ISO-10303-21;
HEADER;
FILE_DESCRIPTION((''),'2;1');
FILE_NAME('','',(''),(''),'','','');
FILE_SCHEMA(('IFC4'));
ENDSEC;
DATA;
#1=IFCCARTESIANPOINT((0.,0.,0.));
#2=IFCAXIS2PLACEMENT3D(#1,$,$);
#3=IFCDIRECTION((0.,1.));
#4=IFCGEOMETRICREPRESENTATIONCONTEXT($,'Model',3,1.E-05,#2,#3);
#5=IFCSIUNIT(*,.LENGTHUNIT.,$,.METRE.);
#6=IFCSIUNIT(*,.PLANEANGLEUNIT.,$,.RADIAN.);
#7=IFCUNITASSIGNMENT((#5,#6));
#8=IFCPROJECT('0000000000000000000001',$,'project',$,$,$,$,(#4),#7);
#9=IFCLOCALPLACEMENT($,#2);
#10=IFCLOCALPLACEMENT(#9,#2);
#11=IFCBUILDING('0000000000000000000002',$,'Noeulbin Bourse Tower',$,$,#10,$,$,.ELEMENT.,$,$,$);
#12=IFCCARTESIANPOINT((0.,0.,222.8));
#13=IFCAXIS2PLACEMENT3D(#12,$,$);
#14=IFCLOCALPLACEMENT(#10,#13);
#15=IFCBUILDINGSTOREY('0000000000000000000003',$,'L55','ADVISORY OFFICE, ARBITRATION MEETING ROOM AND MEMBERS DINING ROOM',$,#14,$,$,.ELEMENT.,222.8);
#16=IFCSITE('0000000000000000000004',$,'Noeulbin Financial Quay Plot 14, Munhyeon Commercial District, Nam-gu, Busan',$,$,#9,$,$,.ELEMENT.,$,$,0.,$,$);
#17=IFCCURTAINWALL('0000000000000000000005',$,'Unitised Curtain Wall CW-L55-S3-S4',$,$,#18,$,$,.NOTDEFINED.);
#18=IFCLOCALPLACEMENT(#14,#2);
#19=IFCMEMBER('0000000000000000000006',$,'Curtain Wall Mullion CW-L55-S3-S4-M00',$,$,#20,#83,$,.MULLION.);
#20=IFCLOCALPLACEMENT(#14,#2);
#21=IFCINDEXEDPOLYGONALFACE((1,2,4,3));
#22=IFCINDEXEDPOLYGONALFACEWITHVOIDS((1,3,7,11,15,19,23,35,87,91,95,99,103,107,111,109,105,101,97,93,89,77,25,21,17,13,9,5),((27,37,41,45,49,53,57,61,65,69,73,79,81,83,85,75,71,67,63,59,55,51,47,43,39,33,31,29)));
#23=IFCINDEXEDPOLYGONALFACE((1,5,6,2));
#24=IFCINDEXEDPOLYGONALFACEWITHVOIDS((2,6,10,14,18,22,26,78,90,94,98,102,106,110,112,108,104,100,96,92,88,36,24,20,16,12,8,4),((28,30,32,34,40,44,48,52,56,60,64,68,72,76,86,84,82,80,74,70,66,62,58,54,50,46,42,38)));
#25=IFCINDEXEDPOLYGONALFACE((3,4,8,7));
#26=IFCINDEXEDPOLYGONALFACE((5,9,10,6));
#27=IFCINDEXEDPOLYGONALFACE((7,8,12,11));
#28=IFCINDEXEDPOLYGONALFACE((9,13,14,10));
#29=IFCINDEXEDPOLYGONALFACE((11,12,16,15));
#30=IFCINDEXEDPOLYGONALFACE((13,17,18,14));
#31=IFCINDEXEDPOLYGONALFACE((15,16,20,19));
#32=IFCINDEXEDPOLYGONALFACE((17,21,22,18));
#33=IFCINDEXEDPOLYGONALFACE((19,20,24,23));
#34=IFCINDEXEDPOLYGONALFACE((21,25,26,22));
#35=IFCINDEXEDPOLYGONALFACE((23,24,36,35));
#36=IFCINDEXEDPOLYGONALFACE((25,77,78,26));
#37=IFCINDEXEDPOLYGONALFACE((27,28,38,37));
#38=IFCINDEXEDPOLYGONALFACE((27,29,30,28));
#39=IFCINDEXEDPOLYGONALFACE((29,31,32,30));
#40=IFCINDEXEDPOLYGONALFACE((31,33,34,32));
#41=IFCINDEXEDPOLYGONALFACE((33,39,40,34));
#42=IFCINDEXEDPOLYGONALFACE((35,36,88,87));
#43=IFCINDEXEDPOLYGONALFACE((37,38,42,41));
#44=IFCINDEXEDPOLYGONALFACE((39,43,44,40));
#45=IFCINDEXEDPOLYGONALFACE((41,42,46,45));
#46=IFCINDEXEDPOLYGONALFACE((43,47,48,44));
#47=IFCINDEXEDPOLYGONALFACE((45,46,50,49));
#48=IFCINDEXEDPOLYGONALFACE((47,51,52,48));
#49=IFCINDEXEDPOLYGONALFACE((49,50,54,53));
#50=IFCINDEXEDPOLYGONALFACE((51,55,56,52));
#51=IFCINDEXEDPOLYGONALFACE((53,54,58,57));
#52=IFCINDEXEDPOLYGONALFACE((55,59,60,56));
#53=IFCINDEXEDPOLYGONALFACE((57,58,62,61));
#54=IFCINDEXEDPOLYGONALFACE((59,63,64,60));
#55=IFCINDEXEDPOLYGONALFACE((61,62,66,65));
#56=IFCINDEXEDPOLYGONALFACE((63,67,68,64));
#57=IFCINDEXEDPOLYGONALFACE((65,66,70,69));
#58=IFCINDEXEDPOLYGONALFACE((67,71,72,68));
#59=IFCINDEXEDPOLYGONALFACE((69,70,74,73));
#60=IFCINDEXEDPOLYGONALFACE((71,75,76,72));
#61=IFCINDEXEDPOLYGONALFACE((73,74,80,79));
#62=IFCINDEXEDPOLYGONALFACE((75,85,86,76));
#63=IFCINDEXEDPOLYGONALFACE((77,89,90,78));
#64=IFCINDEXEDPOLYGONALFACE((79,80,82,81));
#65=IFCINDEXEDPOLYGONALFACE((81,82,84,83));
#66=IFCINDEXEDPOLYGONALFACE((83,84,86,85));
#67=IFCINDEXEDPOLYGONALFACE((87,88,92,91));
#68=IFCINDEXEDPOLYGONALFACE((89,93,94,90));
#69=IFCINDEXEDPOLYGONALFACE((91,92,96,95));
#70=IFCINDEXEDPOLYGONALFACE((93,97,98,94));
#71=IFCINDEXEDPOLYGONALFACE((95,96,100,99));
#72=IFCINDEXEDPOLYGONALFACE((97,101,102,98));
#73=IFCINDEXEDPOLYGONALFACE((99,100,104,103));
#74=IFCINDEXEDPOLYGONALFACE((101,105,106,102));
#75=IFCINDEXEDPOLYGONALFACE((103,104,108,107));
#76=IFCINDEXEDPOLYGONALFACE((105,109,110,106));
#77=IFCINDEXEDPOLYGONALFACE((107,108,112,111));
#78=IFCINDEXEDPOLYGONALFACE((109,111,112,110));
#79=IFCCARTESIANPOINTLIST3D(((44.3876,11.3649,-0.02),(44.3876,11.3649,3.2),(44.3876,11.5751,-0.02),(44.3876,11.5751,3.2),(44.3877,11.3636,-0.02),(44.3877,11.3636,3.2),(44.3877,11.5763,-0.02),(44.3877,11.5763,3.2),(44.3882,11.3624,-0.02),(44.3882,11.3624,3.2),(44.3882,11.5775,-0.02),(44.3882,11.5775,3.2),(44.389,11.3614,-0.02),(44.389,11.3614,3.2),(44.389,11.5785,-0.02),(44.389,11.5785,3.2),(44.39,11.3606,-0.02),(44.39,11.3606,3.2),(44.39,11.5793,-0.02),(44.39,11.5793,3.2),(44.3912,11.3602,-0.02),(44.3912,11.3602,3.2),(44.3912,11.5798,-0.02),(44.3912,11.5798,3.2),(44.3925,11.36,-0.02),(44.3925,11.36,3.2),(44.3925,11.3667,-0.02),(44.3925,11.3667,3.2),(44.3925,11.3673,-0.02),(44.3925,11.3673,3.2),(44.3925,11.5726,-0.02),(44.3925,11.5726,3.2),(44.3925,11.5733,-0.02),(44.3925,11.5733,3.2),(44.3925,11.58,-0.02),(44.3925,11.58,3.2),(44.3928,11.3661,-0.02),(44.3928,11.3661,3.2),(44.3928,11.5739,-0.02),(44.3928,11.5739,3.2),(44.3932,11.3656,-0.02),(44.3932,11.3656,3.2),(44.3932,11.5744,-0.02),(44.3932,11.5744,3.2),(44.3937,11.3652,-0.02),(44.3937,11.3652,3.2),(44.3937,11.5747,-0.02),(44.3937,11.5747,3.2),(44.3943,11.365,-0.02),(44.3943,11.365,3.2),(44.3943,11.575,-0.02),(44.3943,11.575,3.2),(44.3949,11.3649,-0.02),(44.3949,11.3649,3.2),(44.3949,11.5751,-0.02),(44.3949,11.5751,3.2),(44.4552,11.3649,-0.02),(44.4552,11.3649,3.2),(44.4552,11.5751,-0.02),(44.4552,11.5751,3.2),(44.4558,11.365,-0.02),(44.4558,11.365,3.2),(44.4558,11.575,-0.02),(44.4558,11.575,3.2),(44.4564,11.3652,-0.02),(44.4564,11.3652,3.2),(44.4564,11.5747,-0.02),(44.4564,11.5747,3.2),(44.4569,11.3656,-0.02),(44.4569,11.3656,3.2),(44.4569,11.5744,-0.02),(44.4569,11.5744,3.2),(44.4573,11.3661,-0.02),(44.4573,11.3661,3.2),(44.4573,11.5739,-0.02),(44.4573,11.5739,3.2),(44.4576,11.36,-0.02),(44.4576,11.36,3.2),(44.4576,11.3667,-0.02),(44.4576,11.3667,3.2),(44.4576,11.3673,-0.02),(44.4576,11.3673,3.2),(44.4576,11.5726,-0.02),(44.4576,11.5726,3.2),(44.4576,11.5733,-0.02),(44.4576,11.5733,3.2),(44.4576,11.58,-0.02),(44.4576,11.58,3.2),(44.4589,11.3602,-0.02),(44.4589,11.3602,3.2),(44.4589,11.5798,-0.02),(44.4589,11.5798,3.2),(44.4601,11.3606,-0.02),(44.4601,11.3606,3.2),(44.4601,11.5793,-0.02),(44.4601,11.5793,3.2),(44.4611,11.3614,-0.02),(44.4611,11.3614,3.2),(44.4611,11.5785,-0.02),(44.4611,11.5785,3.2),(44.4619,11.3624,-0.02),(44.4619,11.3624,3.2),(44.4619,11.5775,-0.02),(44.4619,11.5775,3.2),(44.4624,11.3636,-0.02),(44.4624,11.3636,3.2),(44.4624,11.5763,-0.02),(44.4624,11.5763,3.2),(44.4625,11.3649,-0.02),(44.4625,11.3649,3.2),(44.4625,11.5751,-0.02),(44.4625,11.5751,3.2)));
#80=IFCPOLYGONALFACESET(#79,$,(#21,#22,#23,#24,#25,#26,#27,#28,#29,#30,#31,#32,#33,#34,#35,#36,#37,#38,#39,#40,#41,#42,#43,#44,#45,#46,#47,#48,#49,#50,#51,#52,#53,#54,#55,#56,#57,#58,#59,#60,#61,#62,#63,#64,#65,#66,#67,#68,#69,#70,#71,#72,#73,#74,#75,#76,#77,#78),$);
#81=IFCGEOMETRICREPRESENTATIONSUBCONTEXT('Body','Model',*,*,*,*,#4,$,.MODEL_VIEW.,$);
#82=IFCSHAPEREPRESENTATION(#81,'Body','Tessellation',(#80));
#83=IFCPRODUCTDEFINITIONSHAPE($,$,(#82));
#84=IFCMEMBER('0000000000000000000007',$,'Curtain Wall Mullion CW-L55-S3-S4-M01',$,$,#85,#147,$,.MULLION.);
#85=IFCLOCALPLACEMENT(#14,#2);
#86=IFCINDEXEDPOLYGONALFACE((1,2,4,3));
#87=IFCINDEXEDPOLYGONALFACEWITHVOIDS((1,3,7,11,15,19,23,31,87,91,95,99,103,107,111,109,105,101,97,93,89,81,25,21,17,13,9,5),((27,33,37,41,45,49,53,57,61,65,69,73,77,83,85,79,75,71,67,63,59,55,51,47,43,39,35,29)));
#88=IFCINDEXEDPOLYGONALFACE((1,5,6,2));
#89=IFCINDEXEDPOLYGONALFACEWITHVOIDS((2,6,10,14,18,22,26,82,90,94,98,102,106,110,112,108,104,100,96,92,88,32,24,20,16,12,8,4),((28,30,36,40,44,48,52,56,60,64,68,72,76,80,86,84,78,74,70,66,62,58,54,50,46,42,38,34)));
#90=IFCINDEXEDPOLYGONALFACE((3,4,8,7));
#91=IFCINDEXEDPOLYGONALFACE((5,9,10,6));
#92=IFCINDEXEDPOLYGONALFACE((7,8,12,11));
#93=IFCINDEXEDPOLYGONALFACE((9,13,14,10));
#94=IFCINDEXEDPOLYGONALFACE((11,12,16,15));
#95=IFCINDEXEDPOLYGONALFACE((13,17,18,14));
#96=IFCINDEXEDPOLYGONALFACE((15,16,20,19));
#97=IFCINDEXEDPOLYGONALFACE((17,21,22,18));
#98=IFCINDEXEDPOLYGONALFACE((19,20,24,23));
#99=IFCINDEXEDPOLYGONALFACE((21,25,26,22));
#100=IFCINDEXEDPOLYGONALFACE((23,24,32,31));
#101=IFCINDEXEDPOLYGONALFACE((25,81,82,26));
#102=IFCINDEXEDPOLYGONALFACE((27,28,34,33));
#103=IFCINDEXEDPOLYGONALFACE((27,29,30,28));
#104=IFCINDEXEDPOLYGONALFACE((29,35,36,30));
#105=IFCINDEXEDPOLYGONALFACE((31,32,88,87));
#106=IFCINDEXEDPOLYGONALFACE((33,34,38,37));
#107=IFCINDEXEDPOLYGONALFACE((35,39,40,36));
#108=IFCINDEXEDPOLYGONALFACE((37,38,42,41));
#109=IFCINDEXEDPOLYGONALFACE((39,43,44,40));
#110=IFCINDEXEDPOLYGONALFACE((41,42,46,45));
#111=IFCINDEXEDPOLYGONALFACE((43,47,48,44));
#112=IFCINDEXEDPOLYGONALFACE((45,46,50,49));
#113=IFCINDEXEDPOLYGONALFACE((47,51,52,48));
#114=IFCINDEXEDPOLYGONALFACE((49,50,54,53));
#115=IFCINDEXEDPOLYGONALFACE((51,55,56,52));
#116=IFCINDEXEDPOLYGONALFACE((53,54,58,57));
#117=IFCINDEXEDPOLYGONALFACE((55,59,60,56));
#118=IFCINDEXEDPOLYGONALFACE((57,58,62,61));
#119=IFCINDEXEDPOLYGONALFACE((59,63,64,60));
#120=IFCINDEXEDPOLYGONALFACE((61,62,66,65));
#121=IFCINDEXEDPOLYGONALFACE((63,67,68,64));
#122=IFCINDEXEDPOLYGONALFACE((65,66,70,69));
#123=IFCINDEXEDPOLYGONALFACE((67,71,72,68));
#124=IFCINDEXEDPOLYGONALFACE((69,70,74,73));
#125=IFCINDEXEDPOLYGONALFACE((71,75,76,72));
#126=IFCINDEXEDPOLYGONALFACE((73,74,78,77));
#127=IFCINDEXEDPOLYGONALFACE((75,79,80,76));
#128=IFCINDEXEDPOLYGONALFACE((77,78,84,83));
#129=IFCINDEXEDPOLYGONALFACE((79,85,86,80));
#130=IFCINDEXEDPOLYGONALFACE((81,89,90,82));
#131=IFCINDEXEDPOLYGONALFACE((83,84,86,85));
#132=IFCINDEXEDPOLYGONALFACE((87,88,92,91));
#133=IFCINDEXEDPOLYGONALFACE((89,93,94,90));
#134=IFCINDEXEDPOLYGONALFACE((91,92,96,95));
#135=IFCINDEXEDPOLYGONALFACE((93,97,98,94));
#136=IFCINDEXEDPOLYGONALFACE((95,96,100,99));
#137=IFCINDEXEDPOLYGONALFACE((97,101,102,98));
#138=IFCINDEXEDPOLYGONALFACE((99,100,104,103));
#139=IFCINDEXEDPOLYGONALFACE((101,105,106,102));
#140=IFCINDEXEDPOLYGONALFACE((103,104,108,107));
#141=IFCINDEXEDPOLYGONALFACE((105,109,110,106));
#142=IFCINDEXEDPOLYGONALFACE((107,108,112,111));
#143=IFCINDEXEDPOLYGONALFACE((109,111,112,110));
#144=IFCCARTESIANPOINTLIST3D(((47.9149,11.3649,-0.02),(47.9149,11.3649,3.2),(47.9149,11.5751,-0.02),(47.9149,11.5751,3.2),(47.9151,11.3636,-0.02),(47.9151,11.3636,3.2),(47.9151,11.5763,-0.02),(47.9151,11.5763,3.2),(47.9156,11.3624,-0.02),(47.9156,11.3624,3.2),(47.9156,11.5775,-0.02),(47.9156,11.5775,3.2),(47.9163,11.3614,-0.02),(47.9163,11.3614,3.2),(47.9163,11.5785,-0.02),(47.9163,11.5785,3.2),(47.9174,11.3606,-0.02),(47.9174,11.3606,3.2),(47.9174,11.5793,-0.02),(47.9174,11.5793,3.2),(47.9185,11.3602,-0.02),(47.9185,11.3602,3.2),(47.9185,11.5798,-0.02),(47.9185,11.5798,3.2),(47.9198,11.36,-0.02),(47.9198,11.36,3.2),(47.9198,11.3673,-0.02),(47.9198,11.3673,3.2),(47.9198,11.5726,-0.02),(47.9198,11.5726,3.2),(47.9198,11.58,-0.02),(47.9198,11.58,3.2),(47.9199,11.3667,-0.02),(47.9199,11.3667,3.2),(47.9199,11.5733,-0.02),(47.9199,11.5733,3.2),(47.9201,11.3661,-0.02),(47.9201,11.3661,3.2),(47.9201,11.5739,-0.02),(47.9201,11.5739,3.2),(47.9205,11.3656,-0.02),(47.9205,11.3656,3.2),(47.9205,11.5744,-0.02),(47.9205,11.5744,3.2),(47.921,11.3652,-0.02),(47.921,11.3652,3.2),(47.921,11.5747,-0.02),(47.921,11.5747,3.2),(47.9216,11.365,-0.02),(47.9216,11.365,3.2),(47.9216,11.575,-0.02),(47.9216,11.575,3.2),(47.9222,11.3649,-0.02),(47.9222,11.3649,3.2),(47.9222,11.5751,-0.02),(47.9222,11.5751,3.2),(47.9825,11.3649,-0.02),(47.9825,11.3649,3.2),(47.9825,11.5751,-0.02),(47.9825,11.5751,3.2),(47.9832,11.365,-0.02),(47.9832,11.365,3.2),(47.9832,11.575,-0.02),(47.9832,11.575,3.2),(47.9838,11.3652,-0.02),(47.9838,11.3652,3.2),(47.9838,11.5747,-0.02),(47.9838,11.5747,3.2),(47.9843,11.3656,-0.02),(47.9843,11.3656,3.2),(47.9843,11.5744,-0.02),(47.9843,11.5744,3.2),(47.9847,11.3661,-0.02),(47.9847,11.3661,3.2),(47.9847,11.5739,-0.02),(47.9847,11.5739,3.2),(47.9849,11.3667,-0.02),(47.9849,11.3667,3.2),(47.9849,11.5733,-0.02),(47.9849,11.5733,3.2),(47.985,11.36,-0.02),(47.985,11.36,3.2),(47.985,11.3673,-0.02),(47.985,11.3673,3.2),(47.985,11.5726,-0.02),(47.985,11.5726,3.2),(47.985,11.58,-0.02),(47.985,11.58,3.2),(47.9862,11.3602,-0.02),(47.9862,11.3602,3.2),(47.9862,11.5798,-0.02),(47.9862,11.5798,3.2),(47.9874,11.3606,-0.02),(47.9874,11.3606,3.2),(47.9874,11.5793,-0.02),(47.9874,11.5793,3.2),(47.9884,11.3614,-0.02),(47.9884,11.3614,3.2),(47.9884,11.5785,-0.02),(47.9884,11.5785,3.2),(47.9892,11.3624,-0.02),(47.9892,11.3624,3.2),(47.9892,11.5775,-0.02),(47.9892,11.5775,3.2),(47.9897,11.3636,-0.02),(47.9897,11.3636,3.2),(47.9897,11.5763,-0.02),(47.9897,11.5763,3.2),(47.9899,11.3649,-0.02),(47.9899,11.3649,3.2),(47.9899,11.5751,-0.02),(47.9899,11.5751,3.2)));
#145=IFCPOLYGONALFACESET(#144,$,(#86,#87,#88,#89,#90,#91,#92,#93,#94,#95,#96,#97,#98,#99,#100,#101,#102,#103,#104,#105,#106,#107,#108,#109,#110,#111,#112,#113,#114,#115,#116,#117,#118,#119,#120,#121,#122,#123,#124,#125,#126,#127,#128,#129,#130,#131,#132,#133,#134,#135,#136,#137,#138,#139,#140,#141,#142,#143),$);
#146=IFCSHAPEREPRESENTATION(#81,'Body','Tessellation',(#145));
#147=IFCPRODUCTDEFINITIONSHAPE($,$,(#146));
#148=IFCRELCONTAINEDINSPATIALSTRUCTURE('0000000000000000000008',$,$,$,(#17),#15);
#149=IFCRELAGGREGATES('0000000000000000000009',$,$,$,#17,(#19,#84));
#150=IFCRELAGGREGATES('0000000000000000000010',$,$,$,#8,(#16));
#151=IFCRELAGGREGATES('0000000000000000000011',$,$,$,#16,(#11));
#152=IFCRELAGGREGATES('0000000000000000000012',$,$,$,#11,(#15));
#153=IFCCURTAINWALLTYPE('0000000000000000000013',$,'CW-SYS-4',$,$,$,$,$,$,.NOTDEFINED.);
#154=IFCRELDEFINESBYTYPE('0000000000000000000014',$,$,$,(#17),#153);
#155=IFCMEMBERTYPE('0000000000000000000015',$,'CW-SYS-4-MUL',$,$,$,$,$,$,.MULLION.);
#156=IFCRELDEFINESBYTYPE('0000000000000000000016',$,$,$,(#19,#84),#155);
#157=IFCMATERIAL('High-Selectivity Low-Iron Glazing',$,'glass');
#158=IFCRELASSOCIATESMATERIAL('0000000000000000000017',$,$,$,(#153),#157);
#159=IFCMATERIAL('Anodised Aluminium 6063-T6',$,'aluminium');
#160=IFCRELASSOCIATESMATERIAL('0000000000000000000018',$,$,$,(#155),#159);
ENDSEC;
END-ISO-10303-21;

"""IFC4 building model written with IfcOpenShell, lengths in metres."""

from ifc_helpers import new_model, si_unit, direction, frame, origin, origin_2d, place, context, subcontext, project, spatial, hollow_rectangle, extrude, material, material_profile, profile_set, type_object, element, aggregate, save


model = new_model("IFC4")

# Units and contexts
model_context = context("Model", 3, precision=1e-05, world=origin(), true_north=direction((0.0, 1.0)))
body_context = subcontext(model_context, "Body", "Model", "MODEL_VIEW")
ifc_project = project(units=[si_unit("LENGTHUNIT", "METRE"), si_unit("PLANEANGLEUNIT", "RADIAN")], contexts=[model_context])

# Site, building, storey
site_placement = place(None, origin())
site = spatial("IfcSite", under=ifc_project, at=site_placement, Name="Noeulbin Financial Quay Plot 14, Munhyeon Commercial District, Nam-gu, Busan", CompositionType="ELEMENT", RefElevation=0.0)
building_placement = place(site_placement, origin())
building = spatial("IfcBuilding", under=site, at=building_placement, Name="Noeulbin Bourse Tower", CompositionType="ELEMENT")
storey_placement = place(building_placement, frame((0.0, 0.0, 222.8)))
storey = spatial("IfcBuildingStorey", under=building, at=storey_placement, Name="L55", Description="ADVISORY OFFICE, ARBITRATION MEETING ROOM AND MEMBERS DINING ROOM", CompositionType="ELEMENT", Elevation=222.8)

# Curtain wall, members
ifc_material_1 = material(Name="High-Selectivity Low-Iron Glazing", Category="glass")
curtain_wall_type = type_object("IfcCurtainWallType", Name="CW-SYS-4", PredefinedType="NOTDEFINED", material=ifc_material_1)
ifc_material_2 = material(Name="Anodised Aluminium 6063-T6", Category="aluminium")
ifc_material_profile_1 = material_profile(ifc_material_2, hollow_rectangle(XDim=0.075, YDim=0.22, WallThickness=0.0049, InnerFilletRadius=0.0024, OuterFilletRadius=0.0049, at=origin_2d()), Name="ALU-MULL-75x220x5", Category="LoadBearing")
ifc_profile_set_1 = profile_set([ifc_material_profile_1], Name="Anodised Aluminium 6063-T6")
member_type_1 = type_object("IfcMemberType", Name="CW-SYS-4-MUL", PredefinedType="MULLION", material=ifc_profile_set_1)
curtain_wall_1_placement = place(storey_placement, origin())
curtain_wall_1 = element("IfcCurtainWall", 1, at=curtain_wall_1_placement, inside=storey, type_object=curtain_wall_type, Name="Unitised Curtain Wall CW-L55-S3-S4", PredefinedType="NOTDEFINED")
member_1_placement = place(storey_placement, frame((44.425, 11.47, -0.02), z_axis=(0.0, 0.0, 1.0), x_axis=(1.0, 0.0, 0.0)))
member_1 = element("IfcMember", 2, at=member_1_placement, type_object=member_type_1, Name="Curtain Wall Mullion CW-L55-S3-S4-M00", PredefinedType="MULLION", context=body_context, shape_type="SweptSolid", body=[
    extrude(hollow_rectangle(XDim=0.075, YDim=0.22, WallThickness=0.0049, InnerFilletRadius=0.0024, OuterFilletRadius=0.0049, at=origin_2d()), origin(), (0.0, 0.0, 1.0), 3.22),
])
member_2_placement = place(storey_placement, frame((47.9524, 11.47, -0.02), z_axis=(0.0, 0.0, 1.0), x_axis=(1.0, 0.0, 0.0)))
member_2 = element("IfcMember", 3, at=member_2_placement, type_object=member_type_1, Name="Curtain Wall Mullion CW-L55-S3-S4-M01", PredefinedType="MULLION", context=body_context, shape_type="SweptSolid", body=[
    extrude(hollow_rectangle(XDim=0.075, YDim=0.22, WallThickness=0.0049, InnerFilletRadius=0.0024, OuterFilletRadius=0.0049, at=origin_2d()), origin(), (0.0, 0.0, 1.0), 3.22),
])

aggregate(curtain_wall_1, [member_1, member_2])

save(model, "model.ifc")
